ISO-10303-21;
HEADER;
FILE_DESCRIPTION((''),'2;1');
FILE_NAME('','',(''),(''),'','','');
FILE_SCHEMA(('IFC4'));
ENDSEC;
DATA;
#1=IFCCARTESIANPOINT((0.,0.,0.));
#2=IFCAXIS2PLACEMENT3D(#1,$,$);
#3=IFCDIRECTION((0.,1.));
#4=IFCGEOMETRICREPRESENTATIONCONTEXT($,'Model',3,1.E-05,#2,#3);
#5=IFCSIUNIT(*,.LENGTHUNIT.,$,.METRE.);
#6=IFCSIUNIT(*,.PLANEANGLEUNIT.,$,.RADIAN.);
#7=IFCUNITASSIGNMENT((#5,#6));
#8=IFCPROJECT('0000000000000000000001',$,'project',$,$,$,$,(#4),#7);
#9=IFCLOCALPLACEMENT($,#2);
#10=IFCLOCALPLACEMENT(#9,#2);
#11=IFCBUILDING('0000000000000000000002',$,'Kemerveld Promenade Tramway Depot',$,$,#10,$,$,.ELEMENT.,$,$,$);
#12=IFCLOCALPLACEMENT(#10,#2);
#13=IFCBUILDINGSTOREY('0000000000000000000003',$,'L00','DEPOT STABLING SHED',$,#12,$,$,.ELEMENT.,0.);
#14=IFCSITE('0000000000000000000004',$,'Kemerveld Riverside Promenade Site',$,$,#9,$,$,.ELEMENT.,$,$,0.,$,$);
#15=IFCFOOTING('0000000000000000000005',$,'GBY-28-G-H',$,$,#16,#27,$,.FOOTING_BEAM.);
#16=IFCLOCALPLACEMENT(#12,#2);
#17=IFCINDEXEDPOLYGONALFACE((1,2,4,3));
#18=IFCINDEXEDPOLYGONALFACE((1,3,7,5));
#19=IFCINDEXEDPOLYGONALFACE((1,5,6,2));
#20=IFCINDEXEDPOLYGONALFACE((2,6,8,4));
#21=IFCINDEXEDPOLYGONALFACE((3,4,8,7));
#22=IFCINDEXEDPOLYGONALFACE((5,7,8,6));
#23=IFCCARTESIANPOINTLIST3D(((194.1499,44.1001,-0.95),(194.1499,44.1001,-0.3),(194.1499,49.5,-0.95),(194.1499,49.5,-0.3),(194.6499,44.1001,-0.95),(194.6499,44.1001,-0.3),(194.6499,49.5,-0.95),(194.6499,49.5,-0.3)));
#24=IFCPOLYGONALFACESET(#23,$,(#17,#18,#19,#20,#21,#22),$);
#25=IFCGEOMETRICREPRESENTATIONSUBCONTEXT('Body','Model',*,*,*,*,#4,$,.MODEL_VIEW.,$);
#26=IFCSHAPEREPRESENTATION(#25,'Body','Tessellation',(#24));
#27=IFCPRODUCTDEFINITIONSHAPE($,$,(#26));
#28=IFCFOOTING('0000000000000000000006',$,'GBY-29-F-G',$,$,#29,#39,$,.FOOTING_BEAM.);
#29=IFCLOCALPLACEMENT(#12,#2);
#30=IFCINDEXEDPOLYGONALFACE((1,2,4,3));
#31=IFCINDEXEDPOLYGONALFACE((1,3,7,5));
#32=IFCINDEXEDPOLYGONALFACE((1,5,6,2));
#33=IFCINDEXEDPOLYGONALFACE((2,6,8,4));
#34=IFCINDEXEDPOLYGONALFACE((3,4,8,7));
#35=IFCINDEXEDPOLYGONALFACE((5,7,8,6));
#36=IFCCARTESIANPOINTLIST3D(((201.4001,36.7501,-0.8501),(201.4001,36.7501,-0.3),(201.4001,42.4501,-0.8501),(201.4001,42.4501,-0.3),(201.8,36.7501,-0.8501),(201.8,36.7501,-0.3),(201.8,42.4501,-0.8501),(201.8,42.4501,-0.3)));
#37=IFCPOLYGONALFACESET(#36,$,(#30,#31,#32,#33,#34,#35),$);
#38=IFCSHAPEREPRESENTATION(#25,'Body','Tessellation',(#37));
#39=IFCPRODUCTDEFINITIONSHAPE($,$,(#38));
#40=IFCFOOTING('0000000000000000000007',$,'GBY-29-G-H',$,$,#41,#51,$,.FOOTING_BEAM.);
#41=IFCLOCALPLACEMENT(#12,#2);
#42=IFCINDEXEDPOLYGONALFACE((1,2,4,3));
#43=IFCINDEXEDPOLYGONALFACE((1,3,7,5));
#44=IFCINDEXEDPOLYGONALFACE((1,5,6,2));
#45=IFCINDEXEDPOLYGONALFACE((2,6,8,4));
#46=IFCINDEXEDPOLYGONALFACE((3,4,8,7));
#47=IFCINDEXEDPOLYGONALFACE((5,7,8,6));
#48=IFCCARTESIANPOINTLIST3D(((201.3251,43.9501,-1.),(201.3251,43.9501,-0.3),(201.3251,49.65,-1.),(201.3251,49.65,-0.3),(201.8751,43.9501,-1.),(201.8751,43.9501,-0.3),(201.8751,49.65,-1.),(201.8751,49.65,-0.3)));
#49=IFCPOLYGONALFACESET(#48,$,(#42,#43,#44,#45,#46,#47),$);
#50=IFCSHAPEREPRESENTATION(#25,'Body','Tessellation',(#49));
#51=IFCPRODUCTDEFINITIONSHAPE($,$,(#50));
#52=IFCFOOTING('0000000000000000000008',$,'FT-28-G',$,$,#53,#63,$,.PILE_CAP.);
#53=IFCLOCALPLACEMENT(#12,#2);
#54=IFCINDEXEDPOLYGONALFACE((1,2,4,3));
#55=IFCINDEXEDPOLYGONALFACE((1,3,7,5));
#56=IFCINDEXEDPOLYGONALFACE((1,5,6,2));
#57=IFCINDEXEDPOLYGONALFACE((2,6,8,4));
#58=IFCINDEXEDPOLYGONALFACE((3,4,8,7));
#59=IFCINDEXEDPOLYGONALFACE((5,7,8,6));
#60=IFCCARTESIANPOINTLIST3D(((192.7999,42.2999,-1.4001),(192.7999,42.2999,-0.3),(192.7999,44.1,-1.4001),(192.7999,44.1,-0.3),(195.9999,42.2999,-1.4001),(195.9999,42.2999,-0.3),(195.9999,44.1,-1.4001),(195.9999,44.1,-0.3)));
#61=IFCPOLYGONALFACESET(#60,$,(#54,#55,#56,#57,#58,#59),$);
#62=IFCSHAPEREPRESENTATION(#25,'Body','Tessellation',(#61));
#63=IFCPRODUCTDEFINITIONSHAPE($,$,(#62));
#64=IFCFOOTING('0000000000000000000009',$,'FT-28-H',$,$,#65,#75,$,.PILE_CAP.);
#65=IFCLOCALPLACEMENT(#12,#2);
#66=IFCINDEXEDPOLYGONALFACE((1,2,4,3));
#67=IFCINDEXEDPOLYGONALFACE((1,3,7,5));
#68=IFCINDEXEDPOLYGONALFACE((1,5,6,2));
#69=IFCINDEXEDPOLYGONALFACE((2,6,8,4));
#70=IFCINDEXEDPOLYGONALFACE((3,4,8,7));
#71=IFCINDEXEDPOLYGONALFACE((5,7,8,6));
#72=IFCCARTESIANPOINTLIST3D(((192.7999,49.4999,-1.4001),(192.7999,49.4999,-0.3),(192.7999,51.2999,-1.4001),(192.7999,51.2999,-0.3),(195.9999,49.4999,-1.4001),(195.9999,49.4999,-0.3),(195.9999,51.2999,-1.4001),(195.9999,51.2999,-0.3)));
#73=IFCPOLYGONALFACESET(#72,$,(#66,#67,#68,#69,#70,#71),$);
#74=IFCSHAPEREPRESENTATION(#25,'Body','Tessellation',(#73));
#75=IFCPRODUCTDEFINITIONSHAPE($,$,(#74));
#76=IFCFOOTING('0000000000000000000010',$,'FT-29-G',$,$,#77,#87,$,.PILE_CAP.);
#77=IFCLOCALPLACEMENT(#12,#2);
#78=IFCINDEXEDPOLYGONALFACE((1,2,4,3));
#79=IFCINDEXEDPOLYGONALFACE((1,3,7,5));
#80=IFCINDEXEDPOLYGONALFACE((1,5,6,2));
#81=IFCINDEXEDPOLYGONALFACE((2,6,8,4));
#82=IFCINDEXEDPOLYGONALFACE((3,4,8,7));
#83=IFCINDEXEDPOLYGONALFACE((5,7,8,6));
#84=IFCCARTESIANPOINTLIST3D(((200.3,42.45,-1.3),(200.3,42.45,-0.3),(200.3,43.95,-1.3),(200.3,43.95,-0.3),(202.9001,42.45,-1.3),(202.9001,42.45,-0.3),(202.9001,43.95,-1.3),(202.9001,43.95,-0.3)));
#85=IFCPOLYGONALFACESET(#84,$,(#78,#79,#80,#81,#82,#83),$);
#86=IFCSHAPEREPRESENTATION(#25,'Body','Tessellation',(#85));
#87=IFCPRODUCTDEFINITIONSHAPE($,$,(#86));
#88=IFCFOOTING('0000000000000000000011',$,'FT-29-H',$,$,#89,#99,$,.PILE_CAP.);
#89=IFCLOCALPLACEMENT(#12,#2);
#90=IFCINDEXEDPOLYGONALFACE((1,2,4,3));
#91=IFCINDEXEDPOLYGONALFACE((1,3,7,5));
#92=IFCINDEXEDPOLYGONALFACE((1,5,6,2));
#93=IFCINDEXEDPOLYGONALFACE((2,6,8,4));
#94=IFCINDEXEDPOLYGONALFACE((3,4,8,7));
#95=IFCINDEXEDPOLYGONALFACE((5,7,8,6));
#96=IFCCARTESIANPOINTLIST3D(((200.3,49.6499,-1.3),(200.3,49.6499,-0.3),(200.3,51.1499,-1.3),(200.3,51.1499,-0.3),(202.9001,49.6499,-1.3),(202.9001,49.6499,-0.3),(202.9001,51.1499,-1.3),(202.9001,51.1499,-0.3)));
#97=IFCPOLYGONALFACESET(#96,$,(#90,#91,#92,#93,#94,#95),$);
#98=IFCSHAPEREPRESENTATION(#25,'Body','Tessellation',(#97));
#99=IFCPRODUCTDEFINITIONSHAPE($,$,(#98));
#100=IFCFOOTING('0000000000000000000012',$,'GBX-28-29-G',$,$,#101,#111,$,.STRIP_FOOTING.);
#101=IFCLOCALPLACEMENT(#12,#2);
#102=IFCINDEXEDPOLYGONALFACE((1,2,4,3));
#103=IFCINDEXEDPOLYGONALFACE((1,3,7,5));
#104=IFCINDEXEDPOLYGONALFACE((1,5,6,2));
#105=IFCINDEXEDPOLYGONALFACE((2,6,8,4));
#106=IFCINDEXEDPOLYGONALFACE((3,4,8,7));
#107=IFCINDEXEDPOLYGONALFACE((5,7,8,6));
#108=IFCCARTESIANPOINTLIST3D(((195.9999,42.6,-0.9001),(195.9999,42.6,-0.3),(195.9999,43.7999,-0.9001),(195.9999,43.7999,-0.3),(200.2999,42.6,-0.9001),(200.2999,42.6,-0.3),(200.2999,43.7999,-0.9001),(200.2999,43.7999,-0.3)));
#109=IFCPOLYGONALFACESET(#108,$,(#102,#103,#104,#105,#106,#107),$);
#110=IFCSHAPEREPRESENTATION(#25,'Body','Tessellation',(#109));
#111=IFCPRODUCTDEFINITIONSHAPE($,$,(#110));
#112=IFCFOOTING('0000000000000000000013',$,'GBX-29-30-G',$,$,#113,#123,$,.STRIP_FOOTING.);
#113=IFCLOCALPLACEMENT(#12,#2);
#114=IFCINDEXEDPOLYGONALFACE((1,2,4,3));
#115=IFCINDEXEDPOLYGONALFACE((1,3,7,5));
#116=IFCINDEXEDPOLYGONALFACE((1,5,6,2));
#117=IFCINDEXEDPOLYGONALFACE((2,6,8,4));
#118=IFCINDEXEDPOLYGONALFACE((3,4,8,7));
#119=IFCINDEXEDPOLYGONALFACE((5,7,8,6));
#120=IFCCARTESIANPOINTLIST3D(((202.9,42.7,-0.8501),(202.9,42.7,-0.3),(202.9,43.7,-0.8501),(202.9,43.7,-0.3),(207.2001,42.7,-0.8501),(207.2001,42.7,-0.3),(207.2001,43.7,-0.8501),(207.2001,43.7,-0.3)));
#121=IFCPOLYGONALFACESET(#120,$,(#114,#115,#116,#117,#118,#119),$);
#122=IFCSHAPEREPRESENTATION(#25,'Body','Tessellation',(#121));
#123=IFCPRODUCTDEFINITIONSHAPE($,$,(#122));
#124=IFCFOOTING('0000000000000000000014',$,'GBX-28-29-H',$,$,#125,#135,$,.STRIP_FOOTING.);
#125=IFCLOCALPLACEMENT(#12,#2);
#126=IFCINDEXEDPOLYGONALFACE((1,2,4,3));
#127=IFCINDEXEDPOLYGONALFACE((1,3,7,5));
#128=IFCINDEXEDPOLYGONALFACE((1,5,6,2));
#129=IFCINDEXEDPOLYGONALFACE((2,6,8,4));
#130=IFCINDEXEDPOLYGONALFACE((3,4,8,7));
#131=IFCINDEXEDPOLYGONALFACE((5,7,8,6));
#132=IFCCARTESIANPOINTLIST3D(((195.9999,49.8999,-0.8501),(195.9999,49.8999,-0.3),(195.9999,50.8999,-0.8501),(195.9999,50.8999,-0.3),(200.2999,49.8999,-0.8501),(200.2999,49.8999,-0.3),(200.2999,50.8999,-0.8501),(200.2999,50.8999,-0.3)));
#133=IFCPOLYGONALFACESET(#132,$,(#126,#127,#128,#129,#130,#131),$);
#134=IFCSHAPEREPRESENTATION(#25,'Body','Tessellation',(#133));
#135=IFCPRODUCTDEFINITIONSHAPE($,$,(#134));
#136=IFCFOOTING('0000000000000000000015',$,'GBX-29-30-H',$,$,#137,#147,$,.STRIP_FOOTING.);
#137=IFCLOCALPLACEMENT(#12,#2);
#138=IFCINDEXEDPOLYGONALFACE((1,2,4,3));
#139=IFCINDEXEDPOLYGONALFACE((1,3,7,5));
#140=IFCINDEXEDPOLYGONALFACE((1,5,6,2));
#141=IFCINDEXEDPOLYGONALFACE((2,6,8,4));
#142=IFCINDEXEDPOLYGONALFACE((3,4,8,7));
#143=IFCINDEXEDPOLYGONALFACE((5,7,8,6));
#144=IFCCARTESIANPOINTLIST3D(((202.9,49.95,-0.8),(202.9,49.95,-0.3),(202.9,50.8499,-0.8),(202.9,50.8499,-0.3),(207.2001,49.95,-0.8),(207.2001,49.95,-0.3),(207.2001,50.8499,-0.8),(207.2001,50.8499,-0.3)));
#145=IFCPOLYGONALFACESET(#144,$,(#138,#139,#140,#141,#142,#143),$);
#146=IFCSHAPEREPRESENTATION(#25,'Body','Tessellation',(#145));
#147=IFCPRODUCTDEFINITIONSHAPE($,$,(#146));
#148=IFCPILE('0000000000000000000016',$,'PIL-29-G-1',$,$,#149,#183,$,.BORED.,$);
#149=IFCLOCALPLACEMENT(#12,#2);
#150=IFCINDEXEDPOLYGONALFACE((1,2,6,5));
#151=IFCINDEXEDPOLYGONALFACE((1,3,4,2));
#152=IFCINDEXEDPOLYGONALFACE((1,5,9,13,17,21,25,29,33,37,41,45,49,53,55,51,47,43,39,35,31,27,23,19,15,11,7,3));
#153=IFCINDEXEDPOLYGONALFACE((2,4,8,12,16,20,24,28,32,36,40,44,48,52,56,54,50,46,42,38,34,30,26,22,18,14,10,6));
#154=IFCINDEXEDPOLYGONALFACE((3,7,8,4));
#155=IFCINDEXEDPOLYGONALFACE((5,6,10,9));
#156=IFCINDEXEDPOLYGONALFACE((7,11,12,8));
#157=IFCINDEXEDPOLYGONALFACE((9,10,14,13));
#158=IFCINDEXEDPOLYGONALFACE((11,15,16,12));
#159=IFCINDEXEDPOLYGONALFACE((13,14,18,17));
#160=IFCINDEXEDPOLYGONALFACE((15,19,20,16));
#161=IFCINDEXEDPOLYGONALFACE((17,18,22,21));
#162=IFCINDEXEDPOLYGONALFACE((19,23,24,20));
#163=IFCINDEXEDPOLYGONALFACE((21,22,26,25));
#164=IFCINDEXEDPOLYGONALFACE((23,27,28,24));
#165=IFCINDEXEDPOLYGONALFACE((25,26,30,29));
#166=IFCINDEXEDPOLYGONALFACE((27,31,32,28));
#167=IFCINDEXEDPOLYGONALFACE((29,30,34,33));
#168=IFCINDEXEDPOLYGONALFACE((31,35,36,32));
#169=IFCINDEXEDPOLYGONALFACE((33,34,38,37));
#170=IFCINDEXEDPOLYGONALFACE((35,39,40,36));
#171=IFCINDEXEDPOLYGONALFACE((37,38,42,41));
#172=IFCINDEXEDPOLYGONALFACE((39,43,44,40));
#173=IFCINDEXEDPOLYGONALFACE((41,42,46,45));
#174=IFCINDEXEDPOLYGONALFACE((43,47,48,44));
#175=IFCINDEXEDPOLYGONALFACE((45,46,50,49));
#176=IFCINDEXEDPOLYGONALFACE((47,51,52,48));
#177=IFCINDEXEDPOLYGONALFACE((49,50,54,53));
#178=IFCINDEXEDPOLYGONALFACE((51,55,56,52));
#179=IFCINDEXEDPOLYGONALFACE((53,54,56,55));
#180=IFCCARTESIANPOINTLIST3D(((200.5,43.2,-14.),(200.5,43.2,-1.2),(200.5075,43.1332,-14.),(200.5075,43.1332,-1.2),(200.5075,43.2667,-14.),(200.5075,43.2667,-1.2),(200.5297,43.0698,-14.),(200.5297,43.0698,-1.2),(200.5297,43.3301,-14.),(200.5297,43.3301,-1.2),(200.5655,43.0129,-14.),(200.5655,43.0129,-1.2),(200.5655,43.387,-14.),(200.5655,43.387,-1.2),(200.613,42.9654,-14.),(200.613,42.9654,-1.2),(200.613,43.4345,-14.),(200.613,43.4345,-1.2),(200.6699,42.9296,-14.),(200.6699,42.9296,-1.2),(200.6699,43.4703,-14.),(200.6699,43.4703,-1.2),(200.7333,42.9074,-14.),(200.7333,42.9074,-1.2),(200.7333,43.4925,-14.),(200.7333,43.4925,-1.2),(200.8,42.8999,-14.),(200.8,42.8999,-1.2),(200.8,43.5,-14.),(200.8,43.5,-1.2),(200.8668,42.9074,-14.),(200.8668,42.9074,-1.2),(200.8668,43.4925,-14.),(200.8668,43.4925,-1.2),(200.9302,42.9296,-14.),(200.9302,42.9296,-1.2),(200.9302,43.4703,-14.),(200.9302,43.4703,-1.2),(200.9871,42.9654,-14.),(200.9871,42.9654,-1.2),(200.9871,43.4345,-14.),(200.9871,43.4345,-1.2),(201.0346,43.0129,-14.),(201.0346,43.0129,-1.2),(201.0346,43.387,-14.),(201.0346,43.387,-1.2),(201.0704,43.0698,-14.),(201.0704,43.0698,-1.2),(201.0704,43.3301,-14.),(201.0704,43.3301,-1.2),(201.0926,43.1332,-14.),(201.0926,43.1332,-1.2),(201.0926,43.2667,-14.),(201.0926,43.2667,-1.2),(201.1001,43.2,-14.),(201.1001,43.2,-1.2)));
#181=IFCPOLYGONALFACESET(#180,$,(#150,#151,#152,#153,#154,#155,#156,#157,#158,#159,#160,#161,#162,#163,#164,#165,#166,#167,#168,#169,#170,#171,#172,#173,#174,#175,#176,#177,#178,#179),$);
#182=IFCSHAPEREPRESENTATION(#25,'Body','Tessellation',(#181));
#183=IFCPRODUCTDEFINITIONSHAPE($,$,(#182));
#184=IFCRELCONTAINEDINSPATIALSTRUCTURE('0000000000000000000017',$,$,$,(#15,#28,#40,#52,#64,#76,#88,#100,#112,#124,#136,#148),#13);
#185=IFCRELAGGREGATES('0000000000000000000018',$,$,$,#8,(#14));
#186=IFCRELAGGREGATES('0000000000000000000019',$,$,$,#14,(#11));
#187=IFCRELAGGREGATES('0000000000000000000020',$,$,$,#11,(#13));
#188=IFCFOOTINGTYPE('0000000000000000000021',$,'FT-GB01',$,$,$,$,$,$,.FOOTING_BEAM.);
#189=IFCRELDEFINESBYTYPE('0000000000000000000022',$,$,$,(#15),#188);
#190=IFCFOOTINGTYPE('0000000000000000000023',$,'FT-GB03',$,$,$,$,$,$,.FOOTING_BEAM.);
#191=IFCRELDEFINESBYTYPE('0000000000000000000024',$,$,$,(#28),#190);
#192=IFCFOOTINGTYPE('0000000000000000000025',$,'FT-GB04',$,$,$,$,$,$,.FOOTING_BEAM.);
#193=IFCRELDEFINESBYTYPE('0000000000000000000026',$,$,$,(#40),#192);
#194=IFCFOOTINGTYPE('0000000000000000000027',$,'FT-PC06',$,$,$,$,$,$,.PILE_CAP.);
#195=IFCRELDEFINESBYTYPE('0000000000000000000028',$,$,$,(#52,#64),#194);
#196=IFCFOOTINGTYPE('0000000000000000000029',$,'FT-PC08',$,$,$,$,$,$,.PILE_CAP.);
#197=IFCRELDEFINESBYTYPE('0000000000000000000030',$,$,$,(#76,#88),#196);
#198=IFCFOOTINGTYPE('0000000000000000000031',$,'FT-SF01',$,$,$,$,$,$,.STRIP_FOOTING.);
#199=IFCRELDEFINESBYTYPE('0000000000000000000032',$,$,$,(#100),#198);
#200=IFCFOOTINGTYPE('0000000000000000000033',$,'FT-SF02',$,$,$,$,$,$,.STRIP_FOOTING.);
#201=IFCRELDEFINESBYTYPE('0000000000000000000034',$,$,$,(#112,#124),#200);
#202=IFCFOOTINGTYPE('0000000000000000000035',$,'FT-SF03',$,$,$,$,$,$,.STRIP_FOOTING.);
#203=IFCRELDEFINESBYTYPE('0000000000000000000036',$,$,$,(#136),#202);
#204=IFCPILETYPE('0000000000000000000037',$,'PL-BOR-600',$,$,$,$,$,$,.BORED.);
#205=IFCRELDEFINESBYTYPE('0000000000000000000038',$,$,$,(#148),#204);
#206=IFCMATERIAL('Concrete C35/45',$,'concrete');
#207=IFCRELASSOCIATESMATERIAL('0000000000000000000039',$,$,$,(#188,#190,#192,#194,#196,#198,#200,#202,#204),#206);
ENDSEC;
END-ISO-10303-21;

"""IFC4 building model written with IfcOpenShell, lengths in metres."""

from ifc_helpers import new_model, si_unit, direction, frame, origin, origin_2d, place, context, subcontext, project, spatial, rectangle, circle, extrude, material, material_profile, profile_set, type_object, element, save


model = new_model("IFC4")

# Units and contexts
model_context = context("Model", 3, precision=1e-05, world=origin(), true_north=direction((0.0, 1.0)))
body_context = subcontext(model_context, "Body", "Model", "MODEL_VIEW")
ifc_project = project(units=[si_unit("LENGTHUNIT", "METRE"), si_unit("PLANEANGLEUNIT", "RADIAN")], contexts=[model_context])

# Site, building, storey
site_placement = place(None, origin())
site = spatial("IfcSite", under=ifc_project, at=site_placement, Name="Kemerveld Riverside Promenade Site", CompositionType="ELEMENT", RefElevation=0.0)
building_placement = place(site_placement, origin())
building = spatial("IfcBuilding", under=site, at=building_placement, Name="Kemerveld Promenade Tramway Depot", CompositionType="ELEMENT")
storey_placement = place(building_placement, origin())
storey = spatial("IfcBuildingStorey", under=building, at=storey_placement, Name="L00", Description="DEPOT STABLING SHED", CompositionType="ELEMENT", Elevation=0.0)

# Footings
ifc_material_1 = material(Name="Concrete C35/45", Category="concrete")
footing_type_1 = type_object("IfcFootingType", Name="FT-GB01", PredefinedType="FOOTING_BEAM", material=ifc_material_1)
footing_1_placement = place(storey_placement, frame((194.3999, 46.8, -0.95), z_axis=(0.0, 0.0, 1.0), x_axis=(0.0, 1.0, 0.0)))
element("IfcFooting", 1, at=footing_1_placement, inside=storey, type_object=footing_type_1, Name="GBY-28-G-H", PredefinedType="FOOTING_BEAM", context=body_context, shape_type="SweptSolid", body=[
    extrude(rectangle(XDim=5.3999, YDim=0.5, at=origin_2d()), origin(), (0.0, 0.0, 1.0), 0.6499),
])
footing_type_2 = type_object("IfcFootingType", Name="FT-GB03", PredefinedType="FOOTING_BEAM", material=ifc_material_1)
footing_2_placement = place(storey_placement, frame((201.6001, 39.6001, -0.8501), z_axis=(0.0, 0.0, 1.0), x_axis=(0.0, 1.0, 0.0)))
element("IfcFooting", 2, at=footing_2_placement, inside=storey, type_object=footing_type_2, Name="GBY-29-F-G", PredefinedType="FOOTING_BEAM", context=body_context, shape_type="SweptSolid", body=[
    extrude(rectangle(XDim=5.7, YDim=0.3999, at=origin_2d()), origin(), (0.0, 0.0, 1.0), 0.55),
])
footing_type_3 = type_object("IfcFootingType", Name="FT-GB04", PredefinedType="FOOTING_BEAM", material=ifc_material_1)
footing_3_placement = place(storey_placement, frame((201.6001, 46.8, -1.0), z_axis=(0.0, 0.0, 1.0), x_axis=(0.0, 1.0, 0.0)))
element("IfcFooting", 3, at=footing_3_placement, inside=storey, type_object=footing_type_3, Name="GBY-29-G-H", PredefinedType="FOOTING_BEAM", context=body_context, shape_type="SweptSolid", body=[
    extrude(rectangle(XDim=5.7, YDim=0.55, at=origin_2d()), origin(), (0.0, 0.0, 1.0), 0.7),
])
footing_type_4 = type_object("IfcFootingType", Name="FT-PC06", PredefinedType="PILE_CAP", material=ifc_material_1)
for number, where, z_axis, x_axis, name in (
    (4, (194.3999, 43.2, -1.4001), (0.0, 0.0, 1.0), (1.0, 0.0, 0.0), "FT-28-G"),
    (5, (194.3999, 50.3999, -1.4001), (0.0, 0.0, 1.0), (1.0, 0.0, 0.0), "FT-28-H"),
):
    element("IfcFooting", number, at=place(storey_placement, frame(where, z_axis=z_axis, x_axis=x_axis)), inside=storey, type_object=footing_type_4, Name=name, PredefinedType="PILE_CAP", context=body_context, shape_type="SweptSolid", body=[
        extrude(rectangle(XDim=3.2, YDim=1.8, at=origin_2d()), origin(), (0.0, 0.0, 1.0), 1.1001),
    ])
footing_type_5 = type_object("IfcFootingType", Name="FT-PC08", PredefinedType="PILE_CAP", material=ifc_material_1)
for number, where, z_axis, x_axis, name in (
    (6, (201.6001, 43.2, -1.3), (0.0, 0.0, 1.0), (1.0, 0.0, 0.0), "FT-29-G"),
    (7, (201.6001, 50.3999, -1.3), (0.0, 0.0, 1.0), (1.0, 0.0, 0.0), "FT-29-H"),
):
    element("IfcFooting", number, at=place(storey_placement, frame(where, z_axis=z_axis, x_axis=x_axis)), inside=storey, type_object=footing_type_5, Name=name, PredefinedType="PILE_CAP", context=body_context, shape_type="SweptSolid", body=[
        extrude(rectangle(XDim=2.6001, YDim=1.5, at=origin_2d()), origin(), (0.0, 0.0, 1.0), 1.0),
    ])
footing_type_6 = type_object("IfcFootingType", Name="FT-SF01", PredefinedType="STRIP_FOOTING", material=ifc_material_1)
footing_4_placement = place(storey_placement, frame((198.1499, 43.2, -0.9001), z_axis=(0.0, 0.0, 1.0), x_axis=(1.0, 0.0, 0.0)))
element("IfcFooting", 8, at=footing_4_placement, inside=storey, type_object=footing_type_6, Name="GBX-28-29-G", PredefinedType="STRIP_FOOTING", context=body_context, shape_type="SweptSolid", body=[
    extrude(rectangle(XDim=4.3, YDim=1.2, at=origin_2d()), origin(), (0.0, 0.0, 1.0), 0.6001),
])
footing_type_7 = type_object("IfcFootingType", Name="FT-SF02", PredefinedType="STRIP_FOOTING", material=ifc_material_1)
for number, where, z_axis, x_axis, name in (
    (9, (205.05, 43.2, -0.8501), (0.0, 0.0, 1.0), (1.0, 0.0, 0.0), "GBX-29-30-G"),
    (10, (198.1499, 50.3999, -0.8501), (0.0, 0.0, 1.0), (1.0, 0.0, 0.0), "GBX-28-29-H"),
):
    element("IfcFooting", number, at=place(storey_placement, frame(where, z_axis=z_axis, x_axis=x_axis)), inside=storey, type_object=footing_type_7, Name=name, PredefinedType="STRIP_FOOTING", context=body_context, shape_type="SweptSolid", body=[
        extrude(rectangle(XDim=4.3, YDim=1.0, at=origin_2d()), origin(), (0.0, 0.0, 1.0), 0.55),
    ])
footing_type_8 = type_object("IfcFootingType", Name="FT-SF03", PredefinedType="STRIP_FOOTING", material=ifc_material_1)
footing_5_placement = place(storey_placement, frame((205.05, 50.3999, -0.8), z_axis=(0.0, 0.0, 1.0), x_axis=(1.0, 0.0, 0.0)))
element("IfcFooting", 11, at=footing_5_placement, inside=storey, type_object=footing_type_8, Name="GBX-29-30-H", PredefinedType="STRIP_FOOTING", context=body_context, shape_type="SweptSolid", body=[
    extrude(rectangle(XDim=4.3, YDim=0.8999, at=origin_2d()), origin(), (0.0, 0.0, 1.0), 0.5),
])

# Pile
ifc_material_profile_1 = material_profile(ifc_material_1, circle(Radius=0.3, at=origin_2d()), Name="PILE-D600")
ifc_profile_set_1 = profile_set([ifc_material_profile_1], Name="Concrete C35/45")
pile_type_1 = type_object("IfcPileType", Name="PL-BOR-600", PredefinedType="BORED", material=ifc_profile_set_1)
for number, where, z_axis, x_axis, name in (
    (12, (200.8, 43.2, -1.2), (0.0, 0.0, -1.0), (1.0, 0.0, 0.0), "PIL-29-G-1"),
):
    element("IfcPile", number, at=place(storey_placement, frame(where, z_axis=z_axis, x_axis=x_axis)), inside=storey, type_object=pile_type_1, Name=name, PredefinedType="BORED", context=body_context, shape_type="SweptSolid", body=[
        extrude(circle(Radius=0.3, at=origin_2d()), origin(), (0.0, 0.0, 1.0), 12.8),
    ])

save(model, "model.ifc")
